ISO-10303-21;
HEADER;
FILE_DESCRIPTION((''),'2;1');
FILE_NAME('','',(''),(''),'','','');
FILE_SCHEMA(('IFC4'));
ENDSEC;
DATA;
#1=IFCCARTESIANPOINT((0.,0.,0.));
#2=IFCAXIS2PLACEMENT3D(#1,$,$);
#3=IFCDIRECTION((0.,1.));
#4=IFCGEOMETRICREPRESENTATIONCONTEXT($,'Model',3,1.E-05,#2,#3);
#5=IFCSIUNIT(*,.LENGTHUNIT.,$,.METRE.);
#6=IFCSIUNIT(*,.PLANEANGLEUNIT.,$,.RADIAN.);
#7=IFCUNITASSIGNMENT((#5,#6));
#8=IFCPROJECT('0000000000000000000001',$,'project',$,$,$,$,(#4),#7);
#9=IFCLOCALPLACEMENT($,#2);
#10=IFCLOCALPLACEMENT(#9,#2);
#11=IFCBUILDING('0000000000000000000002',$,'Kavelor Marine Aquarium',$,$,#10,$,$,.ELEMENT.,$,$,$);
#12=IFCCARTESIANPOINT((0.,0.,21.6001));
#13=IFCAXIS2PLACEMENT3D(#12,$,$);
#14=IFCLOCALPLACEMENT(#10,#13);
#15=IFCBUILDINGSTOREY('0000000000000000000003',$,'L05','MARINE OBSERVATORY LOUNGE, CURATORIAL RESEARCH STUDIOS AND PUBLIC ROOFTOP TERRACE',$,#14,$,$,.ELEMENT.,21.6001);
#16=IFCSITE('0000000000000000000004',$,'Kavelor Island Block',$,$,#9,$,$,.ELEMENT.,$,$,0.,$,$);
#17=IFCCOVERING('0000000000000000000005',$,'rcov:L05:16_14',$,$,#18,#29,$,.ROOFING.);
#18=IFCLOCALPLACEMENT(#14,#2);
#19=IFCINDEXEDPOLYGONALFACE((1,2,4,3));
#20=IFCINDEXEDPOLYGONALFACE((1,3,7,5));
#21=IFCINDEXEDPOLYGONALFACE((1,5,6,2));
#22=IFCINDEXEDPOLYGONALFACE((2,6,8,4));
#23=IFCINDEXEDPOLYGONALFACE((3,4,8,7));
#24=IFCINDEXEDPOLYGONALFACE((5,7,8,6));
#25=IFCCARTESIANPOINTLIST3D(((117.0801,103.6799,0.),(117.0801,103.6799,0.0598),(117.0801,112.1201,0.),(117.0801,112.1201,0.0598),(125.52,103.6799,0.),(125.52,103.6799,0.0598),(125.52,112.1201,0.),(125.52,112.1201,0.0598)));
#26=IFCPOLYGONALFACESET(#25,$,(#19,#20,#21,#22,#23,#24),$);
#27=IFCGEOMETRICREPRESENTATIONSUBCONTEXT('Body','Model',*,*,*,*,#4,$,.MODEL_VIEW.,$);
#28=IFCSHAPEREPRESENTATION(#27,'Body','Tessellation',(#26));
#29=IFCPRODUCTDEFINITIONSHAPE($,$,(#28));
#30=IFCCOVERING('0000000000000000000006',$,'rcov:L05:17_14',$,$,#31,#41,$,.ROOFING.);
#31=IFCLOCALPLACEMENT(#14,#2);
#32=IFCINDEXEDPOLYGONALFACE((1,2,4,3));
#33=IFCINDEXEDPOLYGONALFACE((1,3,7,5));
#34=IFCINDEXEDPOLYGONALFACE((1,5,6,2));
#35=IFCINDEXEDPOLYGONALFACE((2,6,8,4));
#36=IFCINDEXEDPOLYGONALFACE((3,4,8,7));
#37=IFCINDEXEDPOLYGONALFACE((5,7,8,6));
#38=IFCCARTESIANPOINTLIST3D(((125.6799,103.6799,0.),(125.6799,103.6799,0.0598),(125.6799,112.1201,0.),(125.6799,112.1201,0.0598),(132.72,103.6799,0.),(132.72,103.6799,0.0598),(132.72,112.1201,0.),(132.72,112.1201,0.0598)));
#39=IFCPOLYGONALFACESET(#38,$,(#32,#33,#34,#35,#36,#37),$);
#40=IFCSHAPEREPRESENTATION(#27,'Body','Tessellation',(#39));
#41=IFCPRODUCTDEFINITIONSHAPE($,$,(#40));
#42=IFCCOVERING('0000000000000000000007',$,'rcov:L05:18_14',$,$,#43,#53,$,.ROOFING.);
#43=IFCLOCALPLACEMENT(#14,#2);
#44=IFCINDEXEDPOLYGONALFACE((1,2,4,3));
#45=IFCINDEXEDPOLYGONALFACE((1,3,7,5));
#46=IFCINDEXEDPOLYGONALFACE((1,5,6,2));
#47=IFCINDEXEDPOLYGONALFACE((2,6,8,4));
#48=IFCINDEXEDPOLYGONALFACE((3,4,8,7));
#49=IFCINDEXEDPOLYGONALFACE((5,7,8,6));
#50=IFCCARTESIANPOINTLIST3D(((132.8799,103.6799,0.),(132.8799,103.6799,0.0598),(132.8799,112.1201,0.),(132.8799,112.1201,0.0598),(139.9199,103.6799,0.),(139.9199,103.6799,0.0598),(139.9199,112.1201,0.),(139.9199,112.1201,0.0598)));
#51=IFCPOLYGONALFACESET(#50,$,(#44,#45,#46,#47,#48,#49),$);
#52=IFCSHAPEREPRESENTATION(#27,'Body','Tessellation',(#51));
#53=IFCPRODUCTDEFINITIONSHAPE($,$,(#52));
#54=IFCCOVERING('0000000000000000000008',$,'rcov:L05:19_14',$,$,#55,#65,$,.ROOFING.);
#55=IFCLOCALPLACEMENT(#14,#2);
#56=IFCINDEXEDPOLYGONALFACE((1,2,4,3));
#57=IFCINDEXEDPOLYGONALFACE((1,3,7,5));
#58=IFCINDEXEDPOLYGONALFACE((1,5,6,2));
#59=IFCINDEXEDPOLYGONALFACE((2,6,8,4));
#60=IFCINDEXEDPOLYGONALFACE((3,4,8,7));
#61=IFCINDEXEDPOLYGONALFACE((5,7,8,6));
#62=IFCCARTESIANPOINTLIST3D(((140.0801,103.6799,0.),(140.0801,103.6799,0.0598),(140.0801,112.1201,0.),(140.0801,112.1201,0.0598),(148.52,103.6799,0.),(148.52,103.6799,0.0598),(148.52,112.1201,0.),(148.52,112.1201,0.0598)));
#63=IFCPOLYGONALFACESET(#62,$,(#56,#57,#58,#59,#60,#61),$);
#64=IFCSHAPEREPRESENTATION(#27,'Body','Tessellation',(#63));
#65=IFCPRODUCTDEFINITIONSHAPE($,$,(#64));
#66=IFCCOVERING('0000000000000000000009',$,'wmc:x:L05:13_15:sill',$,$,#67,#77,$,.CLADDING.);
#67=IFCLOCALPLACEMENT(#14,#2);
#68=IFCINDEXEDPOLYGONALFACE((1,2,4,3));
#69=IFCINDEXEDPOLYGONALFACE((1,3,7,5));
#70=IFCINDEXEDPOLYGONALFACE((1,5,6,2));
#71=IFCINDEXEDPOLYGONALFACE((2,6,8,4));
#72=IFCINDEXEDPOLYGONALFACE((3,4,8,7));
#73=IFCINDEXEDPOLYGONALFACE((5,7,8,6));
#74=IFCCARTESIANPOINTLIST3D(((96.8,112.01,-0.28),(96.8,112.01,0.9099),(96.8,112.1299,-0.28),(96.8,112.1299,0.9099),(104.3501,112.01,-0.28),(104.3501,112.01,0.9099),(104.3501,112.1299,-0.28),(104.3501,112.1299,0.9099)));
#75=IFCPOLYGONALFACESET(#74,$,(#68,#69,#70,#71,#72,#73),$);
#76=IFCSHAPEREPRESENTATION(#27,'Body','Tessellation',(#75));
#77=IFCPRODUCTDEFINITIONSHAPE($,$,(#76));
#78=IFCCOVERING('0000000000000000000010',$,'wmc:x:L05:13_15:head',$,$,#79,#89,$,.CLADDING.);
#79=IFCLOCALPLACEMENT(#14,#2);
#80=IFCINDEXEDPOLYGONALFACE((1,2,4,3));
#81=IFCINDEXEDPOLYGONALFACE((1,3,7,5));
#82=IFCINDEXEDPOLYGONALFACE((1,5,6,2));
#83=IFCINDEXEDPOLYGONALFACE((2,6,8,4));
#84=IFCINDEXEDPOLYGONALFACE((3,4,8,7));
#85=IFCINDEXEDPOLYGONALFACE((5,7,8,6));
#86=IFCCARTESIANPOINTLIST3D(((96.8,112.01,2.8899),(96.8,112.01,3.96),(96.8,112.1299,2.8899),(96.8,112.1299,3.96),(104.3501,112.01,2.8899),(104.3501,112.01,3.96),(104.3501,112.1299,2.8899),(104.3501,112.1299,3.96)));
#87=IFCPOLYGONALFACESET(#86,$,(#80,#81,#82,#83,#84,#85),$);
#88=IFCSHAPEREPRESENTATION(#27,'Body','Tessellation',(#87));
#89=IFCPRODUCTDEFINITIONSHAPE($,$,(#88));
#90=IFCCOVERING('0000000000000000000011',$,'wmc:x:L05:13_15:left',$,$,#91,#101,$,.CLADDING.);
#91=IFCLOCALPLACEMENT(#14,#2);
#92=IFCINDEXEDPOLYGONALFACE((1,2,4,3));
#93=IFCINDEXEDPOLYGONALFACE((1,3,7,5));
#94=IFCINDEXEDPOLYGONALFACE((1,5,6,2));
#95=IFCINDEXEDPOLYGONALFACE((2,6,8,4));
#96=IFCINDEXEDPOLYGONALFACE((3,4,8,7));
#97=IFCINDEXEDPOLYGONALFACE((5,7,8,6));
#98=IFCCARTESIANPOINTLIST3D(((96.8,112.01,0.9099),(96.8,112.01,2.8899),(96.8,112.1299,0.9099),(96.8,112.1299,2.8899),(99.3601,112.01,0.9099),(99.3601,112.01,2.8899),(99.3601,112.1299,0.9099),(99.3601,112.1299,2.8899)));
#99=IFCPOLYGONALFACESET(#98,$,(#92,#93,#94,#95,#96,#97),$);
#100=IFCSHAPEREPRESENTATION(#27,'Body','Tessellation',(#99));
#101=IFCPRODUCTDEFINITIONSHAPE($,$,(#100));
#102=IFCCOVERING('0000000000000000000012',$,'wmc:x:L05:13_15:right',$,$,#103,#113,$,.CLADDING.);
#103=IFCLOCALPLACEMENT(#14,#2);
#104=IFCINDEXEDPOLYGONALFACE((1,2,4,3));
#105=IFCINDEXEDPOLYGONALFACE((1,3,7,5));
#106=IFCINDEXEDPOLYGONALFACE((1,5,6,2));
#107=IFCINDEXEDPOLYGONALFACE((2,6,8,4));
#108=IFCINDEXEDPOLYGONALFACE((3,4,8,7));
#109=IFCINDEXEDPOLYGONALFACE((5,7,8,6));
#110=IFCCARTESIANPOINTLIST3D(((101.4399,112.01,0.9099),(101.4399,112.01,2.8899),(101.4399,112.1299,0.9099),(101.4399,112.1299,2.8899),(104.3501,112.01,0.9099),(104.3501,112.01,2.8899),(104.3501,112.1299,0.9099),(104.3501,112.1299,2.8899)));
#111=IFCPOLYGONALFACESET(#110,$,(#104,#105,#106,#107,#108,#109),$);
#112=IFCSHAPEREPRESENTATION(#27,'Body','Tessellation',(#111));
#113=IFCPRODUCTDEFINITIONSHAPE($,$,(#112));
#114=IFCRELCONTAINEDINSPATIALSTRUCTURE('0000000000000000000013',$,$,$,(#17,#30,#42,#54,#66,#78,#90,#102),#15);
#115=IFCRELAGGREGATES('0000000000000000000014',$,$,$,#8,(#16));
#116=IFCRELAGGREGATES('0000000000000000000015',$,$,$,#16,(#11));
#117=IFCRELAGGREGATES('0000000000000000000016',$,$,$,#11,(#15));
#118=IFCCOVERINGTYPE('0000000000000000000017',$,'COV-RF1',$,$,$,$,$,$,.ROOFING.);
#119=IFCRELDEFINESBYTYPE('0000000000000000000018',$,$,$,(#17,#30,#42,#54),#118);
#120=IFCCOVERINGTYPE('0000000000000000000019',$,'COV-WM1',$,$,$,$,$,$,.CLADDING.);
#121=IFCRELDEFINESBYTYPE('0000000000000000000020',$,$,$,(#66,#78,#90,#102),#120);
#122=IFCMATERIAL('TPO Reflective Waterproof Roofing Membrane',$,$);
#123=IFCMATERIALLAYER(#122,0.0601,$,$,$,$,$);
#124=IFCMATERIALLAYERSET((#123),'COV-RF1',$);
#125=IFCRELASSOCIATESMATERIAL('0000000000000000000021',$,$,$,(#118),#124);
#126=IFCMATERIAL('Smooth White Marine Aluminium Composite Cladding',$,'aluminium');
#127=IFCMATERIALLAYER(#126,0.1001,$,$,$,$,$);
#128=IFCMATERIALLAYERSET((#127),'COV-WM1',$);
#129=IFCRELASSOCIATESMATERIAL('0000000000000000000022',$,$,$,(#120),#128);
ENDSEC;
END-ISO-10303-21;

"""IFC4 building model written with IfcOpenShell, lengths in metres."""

from ifc_helpers import new_model, si_unit, direction, frame, origin, place, context, subcontext, project, spatial, polyline, outline, extrude, material, layer, layer_set, type_object, element, save


model = new_model("IFC4")

# Units and contexts
model_context = context("Model", 3, precision=1e-05, world=origin(), true_north=direction((0.0, 1.0)))
body_context = subcontext(model_context, "Body", "Model", "MODEL_VIEW")
ifc_project = project(units=[si_unit("LENGTHUNIT", "METRE"), si_unit("PLANEANGLEUNIT", "RADIAN")], contexts=[model_context])

# Site, building, storey
site_placement = place(None, origin())
site = spatial("IfcSite", under=ifc_project, at=site_placement, Name="Kavelor Island Block", CompositionType="ELEMENT", RefElevation=0.0)
building_placement = place(site_placement, origin())
building = spatial("IfcBuilding", under=site, at=building_placement, Name="Kavelor Marine Aquarium", CompositionType="ELEMENT")
storey_placement = place(building_placement, frame((0.0, 0.0, 21.6001)))
storey = spatial("IfcBuildingStorey", under=building, at=storey_placement, Name="L05", Description="MARINE OBSERVATORY LOUNGE, CURATORIAL RESEARCH STUDIOS AND PUBLIC ROOFTOP TERRACE", CompositionType="ELEMENT", Elevation=21.6001)

# Coverings
ifc_material_1 = material(Name="TPO Reflective Waterproof Roofing Membrane")
ifc_layer_1 = layer(ifc_material_1, 0.0601)
ifc_layer_set_1 = layer_set([ifc_layer_1], Name="COV-RF1")
covering_type_1 = type_object("IfcCoveringType", Name="COV-RF1", PredefinedType="ROOFING", material=ifc_layer_set_1)
covering_1_placement = place(storey_placement, origin())
element("IfcCovering", 1, at=covering_1_placement, inside=storey, type_object=covering_type_1, Name="rcov:L05:16_14", PredefinedType="ROOFING", context=body_context, shape_type="SweptSolid", body=[
    extrude(outline(polyline([(117.0801, 103.6799), (125.52, 103.6799), (125.52, 112.1201), (117.0801, 112.1201), (117.0801, 103.6799)])), origin(), (0.0, 0.0, 1.0), 0.0598),
])
covering_2_placement = place(storey_placement, origin())
element("IfcCovering", 2, at=covering_2_placement, inside=storey, type_object=covering_type_1, Name="rcov:L05:17_14", PredefinedType="ROOFING", context=body_context, shape_type="SweptSolid", body=[
    extrude(outline(polyline([(125.6799, 103.6799), (132.72, 103.6799), (132.72, 112.1201), (125.6799, 112.1201), (125.6799, 103.6799)])), origin(), (0.0, 0.0, 1.0), 0.0598),
])
covering_3_placement = place(storey_placement, origin())
element("IfcCovering", 3, at=covering_3_placement, inside=storey, type_object=covering_type_1, Name="rcov:L05:18_14", PredefinedType="ROOFING", context=body_context, shape_type="SweptSolid", body=[
    extrude(outline(polyline([(132.8799, 103.6799), (139.9199, 103.6799), (139.9199, 112.1201), (132.8799, 112.1201), (132.8799, 103.6799)])), origin(), (0.0, 0.0, 1.0), 0.0598),
])
covering_4_placement = place(storey_placement, origin())
element("IfcCovering", 4, at=covering_4_placement, inside=storey, type_object=covering_type_1, Name="rcov:L05:19_14", PredefinedType="ROOFING", context=body_context, shape_type="SweptSolid", body=[
    extrude(outline(polyline([(140.0801, 103.6799), (148.52, 103.6799), (148.52, 112.1201), (140.0801, 112.1201), (140.0801, 103.6799)])), origin(), (0.0, 0.0, 1.0), 0.0598),
])
ifc_material_2 = material(Name="Smooth White Marine Aluminium Composite Cladding", Category="aluminium")
ifc_layer_2 = layer(ifc_material_2, 0.1001)
ifc_layer_set_2 = layer_set([ifc_layer_2], Name="COV-WM1")
covering_type_2 = type_object("IfcCoveringType", Name="COV-WM1", PredefinedType="CLADDING", material=ifc_layer_set_2)
covering_5_placement = place(storey_placement, frame((0.0, 0.0, -0.28)))
element("IfcCovering", 5, at=covering_5_placement, inside=storey, type_object=covering_type_2, Name="wmc:x:L05:13_15:sill", PredefinedType="CLADDING", context=body_context, shape_type="SweptSolid", body=[
    extrude(outline(polyline([(96.8, 112.01), (104.3501, 112.01), (104.3501, 112.1299), (96.8, 112.1299), (96.8, 112.01)])), origin(), (0.0, 0.0, 1.0), 1.1899),
])
covering_6_placement = place(storey_placement, frame((0.0, 0.0, 2.8899)))
element("IfcCovering", 6, at=covering_6_placement, inside=storey, type_object=covering_type_2, Name="wmc:x:L05:13_15:head", PredefinedType="CLADDING", context=body_context, shape_type="SweptSolid", body=[
    extrude(outline(polyline([(96.8, 112.01), (104.3501, 112.01), (104.3501, 112.1299), (96.8, 112.1299), (96.8, 112.01)])), origin(), (0.0, 0.0, 1.0), 1.0701),
])
covering_7_placement = place(storey_placement, frame((0.0, 0.0, 0.9099)))
element("IfcCovering", 7, at=covering_7_placement, inside=storey, type_object=covering_type_2, Name="wmc:x:L05:13_15:left", PredefinedType="CLADDING", context=body_context, shape_type="SweptSolid", body=[
    extrude(outline(polyline([(96.8, 112.01), (99.3601, 112.01), (99.3601, 112.1299), (96.8, 112.1299), (96.8, 112.01)])), origin(), (0.0, 0.0, 1.0), 1.98),
])
covering_8_placement = place(storey_placement, frame((0.0, 0.0, 0.9099)))
element("IfcCovering", 8, at=covering_8_placement, inside=storey, type_object=covering_type_2, Name="wmc:x:L05:13_15:right", PredefinedType="CLADDING", context=body_context, shape_type="SweptSolid", body=[
    extrude(outline(polyline([(101.4399, 112.01), (104.3501, 112.01), (104.3501, 112.1299), (101.4399, 112.1299), (101.4399, 112.01)])), origin(), (0.0, 0.0, 1.0), 1.98),
])

save(model, "model.ifc")
